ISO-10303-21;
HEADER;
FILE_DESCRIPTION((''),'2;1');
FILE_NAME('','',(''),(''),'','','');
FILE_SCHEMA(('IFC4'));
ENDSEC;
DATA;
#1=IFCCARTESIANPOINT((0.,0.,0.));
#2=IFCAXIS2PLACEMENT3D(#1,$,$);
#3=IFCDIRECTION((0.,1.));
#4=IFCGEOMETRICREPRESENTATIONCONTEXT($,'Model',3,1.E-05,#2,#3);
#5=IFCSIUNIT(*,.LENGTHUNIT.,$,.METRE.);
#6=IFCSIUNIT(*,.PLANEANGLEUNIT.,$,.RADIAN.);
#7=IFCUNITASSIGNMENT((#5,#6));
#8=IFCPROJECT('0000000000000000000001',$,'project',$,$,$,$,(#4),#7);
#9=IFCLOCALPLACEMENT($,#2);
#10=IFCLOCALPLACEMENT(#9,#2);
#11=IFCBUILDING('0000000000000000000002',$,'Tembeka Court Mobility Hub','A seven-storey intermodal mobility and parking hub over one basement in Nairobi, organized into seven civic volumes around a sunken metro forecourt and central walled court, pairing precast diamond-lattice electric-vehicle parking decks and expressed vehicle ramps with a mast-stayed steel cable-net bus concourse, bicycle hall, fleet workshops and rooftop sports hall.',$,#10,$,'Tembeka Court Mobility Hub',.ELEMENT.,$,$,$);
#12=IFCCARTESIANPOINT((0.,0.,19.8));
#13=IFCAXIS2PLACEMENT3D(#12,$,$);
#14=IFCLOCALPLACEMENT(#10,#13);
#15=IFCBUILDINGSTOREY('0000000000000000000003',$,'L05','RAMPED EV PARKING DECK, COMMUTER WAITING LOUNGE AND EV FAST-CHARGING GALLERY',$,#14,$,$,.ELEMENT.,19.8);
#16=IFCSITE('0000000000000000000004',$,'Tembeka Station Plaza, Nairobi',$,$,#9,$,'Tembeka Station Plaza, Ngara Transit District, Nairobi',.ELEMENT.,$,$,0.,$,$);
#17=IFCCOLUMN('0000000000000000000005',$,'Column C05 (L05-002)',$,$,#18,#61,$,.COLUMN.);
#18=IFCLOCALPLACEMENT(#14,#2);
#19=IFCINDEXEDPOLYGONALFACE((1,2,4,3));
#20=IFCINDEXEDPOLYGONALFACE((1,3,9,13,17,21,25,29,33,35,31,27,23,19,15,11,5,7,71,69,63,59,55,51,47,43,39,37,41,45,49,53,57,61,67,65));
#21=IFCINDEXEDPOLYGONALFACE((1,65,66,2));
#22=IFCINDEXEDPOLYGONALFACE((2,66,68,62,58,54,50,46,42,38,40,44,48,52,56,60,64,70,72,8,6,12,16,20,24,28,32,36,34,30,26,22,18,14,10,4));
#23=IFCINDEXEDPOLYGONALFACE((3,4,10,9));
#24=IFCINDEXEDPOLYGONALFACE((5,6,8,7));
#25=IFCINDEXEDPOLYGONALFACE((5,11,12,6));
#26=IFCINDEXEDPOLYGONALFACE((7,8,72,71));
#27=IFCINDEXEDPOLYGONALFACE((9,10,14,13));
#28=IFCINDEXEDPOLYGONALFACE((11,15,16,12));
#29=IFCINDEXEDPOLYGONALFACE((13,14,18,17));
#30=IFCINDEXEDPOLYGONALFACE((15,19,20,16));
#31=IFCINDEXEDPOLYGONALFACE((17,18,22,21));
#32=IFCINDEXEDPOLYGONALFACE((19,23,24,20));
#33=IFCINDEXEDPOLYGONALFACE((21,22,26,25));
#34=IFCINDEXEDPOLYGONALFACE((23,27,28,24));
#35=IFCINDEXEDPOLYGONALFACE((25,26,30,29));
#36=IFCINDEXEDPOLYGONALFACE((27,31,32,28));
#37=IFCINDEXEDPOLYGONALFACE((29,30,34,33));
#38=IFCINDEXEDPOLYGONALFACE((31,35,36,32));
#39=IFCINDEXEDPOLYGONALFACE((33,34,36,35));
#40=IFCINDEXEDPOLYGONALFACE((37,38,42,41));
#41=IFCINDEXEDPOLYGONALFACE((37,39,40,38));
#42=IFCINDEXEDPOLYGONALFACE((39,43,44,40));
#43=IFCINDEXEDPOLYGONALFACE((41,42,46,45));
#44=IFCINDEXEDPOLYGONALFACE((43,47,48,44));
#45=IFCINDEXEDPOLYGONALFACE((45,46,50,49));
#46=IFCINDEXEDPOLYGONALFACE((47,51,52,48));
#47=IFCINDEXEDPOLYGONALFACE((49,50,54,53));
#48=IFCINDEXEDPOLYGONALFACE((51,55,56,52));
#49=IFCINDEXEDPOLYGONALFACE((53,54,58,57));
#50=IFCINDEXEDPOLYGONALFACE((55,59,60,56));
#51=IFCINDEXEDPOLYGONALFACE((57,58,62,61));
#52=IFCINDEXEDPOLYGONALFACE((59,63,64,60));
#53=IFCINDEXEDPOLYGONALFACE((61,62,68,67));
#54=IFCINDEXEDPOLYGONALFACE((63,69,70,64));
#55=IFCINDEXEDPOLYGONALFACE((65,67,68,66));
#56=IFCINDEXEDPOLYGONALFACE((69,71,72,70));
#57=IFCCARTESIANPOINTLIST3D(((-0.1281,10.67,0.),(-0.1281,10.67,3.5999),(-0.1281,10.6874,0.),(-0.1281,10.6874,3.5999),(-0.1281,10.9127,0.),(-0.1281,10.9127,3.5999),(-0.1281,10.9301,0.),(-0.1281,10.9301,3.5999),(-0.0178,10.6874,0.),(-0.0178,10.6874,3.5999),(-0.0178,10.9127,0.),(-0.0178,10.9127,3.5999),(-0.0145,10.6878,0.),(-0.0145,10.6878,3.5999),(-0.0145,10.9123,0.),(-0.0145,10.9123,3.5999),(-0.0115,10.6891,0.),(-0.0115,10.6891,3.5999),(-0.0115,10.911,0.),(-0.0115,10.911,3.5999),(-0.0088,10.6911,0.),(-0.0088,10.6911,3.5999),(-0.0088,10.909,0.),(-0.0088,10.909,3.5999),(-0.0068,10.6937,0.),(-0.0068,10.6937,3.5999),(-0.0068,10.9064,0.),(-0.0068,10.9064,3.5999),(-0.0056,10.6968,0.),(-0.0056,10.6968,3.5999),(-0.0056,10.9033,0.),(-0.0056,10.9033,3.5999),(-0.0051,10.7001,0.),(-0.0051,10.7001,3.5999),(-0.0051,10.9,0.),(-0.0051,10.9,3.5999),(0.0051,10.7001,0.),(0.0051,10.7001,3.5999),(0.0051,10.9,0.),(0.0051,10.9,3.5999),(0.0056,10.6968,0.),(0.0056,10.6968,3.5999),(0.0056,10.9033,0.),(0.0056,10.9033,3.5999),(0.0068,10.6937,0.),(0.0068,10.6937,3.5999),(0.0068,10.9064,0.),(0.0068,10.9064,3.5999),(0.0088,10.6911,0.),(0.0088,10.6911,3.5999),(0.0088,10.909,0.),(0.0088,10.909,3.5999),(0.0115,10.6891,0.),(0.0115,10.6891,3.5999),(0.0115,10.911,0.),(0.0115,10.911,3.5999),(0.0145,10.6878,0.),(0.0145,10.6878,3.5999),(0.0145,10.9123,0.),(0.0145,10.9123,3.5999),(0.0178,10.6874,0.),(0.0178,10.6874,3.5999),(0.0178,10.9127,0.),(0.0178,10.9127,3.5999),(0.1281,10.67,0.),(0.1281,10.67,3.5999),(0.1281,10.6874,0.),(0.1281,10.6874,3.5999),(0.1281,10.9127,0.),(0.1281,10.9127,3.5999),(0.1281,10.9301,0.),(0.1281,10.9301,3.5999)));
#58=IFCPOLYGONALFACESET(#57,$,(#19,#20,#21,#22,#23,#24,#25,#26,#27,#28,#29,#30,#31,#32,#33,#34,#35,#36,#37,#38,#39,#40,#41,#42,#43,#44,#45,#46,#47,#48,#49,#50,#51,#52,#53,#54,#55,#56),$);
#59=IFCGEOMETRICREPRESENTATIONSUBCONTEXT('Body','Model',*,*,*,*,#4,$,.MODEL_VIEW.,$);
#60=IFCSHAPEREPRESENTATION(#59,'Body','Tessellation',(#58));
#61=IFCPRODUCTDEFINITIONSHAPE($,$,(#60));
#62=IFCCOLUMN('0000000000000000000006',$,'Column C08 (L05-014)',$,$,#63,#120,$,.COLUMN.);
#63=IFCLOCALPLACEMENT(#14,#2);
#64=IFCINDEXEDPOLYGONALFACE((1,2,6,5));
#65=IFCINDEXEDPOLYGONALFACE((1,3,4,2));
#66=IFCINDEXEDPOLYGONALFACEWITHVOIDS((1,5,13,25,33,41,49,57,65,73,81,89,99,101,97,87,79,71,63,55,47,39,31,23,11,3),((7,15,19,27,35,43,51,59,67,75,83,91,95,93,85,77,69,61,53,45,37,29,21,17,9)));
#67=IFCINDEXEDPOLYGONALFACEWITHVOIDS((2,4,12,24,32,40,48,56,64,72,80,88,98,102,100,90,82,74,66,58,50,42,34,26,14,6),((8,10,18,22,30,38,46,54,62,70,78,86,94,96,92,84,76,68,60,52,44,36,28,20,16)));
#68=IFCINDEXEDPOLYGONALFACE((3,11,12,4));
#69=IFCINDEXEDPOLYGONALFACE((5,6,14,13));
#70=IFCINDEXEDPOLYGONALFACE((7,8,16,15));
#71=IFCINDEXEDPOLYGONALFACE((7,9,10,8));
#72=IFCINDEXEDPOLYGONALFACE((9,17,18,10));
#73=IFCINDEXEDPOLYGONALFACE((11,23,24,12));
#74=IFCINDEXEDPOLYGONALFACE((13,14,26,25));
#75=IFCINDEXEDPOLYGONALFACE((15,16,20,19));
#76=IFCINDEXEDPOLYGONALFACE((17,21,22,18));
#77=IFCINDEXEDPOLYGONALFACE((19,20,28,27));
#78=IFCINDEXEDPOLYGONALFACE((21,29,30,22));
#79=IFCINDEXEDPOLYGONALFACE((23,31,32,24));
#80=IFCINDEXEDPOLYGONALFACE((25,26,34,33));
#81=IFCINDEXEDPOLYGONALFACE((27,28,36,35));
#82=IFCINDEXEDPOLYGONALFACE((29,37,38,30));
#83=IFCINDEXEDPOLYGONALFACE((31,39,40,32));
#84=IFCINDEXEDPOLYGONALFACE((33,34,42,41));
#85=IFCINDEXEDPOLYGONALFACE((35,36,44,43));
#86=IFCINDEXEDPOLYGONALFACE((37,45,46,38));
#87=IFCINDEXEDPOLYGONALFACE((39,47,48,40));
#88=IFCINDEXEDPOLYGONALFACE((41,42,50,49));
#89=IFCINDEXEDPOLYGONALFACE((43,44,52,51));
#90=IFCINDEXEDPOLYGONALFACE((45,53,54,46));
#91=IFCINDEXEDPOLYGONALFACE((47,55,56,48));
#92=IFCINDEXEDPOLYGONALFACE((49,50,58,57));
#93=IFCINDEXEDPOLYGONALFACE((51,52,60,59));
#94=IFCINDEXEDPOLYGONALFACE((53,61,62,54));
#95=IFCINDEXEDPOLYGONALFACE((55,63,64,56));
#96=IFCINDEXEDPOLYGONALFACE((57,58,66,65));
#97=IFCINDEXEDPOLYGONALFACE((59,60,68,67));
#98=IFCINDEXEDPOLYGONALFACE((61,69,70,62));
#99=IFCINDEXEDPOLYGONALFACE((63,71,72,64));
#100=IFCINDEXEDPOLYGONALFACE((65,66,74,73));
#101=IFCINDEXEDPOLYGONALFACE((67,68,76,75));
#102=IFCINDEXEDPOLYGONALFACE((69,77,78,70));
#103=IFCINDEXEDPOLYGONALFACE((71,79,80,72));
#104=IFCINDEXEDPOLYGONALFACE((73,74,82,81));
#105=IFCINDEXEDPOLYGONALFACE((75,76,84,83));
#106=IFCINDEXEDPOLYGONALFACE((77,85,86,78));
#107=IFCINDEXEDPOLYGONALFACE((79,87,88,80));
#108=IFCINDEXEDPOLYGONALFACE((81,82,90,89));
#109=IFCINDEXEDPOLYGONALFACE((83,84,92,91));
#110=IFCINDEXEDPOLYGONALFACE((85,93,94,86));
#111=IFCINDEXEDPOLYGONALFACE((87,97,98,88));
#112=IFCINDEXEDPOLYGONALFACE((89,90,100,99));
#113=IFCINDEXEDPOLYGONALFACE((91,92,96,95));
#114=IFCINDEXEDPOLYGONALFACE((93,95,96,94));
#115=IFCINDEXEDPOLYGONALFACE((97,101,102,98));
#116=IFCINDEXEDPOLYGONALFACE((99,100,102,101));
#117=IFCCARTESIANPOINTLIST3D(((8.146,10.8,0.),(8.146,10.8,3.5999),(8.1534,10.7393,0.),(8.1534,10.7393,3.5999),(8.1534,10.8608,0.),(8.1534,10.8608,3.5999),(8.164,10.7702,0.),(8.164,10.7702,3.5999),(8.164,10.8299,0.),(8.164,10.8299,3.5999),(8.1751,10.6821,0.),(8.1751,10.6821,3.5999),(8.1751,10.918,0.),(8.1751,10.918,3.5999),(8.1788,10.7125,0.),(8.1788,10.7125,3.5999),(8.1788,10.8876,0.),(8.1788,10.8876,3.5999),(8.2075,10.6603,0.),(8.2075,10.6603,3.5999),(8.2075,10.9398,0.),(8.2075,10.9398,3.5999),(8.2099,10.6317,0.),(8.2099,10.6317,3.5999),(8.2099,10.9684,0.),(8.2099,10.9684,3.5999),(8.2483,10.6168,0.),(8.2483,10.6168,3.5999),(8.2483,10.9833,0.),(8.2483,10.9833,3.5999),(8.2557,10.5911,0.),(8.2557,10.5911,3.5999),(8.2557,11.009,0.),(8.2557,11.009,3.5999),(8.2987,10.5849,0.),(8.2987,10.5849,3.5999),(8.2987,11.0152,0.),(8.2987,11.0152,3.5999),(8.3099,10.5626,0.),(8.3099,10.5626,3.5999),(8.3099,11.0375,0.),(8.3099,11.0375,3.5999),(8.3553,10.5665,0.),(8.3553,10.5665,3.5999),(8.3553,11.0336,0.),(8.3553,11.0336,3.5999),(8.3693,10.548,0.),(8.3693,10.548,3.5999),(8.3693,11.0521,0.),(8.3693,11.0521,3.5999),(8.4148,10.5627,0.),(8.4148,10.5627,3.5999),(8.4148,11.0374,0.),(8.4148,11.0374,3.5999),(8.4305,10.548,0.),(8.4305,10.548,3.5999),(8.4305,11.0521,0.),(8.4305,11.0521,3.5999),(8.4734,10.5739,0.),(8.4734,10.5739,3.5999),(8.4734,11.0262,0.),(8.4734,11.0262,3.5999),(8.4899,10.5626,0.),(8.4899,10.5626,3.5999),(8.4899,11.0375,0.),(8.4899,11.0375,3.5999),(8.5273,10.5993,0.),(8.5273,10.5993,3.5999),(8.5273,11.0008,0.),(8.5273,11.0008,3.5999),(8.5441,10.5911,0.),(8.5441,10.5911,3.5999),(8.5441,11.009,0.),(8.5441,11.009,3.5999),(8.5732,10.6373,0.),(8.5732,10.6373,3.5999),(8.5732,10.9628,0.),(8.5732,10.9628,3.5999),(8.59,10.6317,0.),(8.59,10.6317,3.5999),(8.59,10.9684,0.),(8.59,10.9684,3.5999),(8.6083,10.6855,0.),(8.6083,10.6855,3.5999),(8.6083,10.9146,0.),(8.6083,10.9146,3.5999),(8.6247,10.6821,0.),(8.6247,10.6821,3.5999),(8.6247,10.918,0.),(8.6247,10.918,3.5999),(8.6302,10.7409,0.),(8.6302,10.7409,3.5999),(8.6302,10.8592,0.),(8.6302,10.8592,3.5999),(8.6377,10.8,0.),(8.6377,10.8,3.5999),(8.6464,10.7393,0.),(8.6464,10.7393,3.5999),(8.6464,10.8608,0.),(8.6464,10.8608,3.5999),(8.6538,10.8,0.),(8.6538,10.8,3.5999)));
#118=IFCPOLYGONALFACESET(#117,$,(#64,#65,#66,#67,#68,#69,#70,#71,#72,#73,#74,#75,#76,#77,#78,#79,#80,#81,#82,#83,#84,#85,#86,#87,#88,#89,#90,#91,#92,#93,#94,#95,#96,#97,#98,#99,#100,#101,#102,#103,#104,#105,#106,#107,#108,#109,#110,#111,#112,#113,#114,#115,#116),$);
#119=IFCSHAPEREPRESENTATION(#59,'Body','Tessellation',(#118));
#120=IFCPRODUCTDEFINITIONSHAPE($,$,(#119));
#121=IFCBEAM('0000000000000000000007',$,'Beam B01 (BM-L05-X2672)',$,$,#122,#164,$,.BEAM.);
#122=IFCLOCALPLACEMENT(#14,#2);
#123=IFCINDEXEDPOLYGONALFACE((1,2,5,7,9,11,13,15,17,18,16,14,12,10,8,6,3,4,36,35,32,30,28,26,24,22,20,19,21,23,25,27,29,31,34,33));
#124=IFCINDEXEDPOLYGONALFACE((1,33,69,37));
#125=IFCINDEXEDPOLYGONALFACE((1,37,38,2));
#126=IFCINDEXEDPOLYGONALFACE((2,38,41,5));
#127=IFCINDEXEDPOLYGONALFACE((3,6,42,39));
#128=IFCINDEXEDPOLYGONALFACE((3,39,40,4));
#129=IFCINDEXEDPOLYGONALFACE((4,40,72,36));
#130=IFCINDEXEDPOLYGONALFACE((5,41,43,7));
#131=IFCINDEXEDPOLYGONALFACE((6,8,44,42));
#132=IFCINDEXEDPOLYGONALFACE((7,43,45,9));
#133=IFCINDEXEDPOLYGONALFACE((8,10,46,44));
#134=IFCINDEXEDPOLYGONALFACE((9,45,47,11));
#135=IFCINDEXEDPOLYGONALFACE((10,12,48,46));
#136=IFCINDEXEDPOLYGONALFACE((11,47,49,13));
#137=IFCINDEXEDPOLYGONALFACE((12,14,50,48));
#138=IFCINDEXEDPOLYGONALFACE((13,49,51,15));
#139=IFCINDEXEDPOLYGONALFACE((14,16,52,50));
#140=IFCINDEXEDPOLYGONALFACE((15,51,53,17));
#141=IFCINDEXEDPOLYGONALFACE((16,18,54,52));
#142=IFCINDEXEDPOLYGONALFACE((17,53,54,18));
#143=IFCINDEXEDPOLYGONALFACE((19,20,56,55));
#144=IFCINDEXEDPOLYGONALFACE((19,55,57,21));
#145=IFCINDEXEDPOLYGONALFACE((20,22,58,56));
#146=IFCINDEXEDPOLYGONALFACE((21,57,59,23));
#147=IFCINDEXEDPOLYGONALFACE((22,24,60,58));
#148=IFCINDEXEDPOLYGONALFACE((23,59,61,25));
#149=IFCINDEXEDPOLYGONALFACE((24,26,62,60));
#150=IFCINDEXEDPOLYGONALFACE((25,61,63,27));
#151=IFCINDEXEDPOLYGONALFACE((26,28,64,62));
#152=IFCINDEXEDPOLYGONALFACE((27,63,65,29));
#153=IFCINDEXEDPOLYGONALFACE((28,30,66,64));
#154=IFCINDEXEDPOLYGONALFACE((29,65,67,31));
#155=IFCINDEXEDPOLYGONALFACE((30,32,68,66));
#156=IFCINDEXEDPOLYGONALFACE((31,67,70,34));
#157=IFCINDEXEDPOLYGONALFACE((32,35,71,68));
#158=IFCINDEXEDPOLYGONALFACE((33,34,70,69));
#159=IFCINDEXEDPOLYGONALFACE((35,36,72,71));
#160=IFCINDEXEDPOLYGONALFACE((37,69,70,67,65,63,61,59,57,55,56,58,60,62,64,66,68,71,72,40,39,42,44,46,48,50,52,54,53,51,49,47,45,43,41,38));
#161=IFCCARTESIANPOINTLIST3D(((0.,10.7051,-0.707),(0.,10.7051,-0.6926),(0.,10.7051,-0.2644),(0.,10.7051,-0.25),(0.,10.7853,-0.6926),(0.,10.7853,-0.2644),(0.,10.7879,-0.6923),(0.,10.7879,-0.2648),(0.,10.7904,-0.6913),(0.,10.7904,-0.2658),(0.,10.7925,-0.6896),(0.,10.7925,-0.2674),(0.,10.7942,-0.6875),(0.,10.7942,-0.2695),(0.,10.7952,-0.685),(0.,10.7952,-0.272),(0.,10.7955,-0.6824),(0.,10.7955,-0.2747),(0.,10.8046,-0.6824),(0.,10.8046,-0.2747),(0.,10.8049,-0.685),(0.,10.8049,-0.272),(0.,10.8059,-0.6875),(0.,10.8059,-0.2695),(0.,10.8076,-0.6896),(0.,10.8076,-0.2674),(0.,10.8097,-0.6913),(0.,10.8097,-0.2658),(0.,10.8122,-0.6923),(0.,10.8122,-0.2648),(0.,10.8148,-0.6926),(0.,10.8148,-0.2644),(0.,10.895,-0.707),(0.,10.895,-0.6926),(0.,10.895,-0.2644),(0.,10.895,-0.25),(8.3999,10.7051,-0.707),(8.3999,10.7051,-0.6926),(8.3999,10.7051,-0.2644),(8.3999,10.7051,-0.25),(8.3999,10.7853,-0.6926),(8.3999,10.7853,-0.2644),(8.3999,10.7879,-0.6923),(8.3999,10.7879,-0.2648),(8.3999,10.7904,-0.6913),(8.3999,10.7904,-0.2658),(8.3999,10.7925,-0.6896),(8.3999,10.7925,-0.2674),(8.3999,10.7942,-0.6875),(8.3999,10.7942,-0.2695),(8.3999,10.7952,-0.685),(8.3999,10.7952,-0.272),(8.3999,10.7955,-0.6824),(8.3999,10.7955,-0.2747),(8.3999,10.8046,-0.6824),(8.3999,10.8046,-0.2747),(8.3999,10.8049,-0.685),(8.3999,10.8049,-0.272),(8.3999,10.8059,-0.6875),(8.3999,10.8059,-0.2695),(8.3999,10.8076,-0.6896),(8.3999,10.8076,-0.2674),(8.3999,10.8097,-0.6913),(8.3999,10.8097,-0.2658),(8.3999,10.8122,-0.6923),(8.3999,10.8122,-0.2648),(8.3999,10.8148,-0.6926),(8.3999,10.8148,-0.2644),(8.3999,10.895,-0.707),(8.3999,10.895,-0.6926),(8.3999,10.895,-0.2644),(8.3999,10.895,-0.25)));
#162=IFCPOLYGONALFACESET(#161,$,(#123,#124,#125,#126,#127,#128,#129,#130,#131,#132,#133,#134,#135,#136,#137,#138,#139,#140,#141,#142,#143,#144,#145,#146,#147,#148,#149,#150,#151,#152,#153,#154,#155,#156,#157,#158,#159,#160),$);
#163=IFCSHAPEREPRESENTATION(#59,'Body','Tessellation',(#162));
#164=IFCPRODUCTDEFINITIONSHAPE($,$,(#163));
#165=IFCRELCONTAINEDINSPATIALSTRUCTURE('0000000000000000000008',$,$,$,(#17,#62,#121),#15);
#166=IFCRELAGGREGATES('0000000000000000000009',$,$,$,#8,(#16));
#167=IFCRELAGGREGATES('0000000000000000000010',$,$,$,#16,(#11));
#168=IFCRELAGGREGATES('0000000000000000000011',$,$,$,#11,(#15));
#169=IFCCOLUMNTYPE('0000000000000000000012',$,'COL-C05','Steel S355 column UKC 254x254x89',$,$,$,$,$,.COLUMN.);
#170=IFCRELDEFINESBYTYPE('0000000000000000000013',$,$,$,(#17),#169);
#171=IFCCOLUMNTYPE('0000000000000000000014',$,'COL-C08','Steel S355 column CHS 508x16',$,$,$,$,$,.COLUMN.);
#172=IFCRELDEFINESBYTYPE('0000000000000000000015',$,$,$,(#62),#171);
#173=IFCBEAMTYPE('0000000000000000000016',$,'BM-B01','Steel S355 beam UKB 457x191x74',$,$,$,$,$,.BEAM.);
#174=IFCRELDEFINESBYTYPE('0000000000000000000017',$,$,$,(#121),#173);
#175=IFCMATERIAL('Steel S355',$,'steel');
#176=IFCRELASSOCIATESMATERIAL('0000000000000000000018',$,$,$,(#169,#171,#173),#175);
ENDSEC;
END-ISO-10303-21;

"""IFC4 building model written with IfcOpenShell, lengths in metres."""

from ifc_helpers import new_model, si_unit, direction, frame, origin, origin_2d, place, context, subcontext, project, spatial, hollow_circle, i_section, extrude, material, material_profile, profile_set, type_object, element, save


model = new_model("IFC4")

# Units and contexts
model_context = context("Model", 3, precision=1e-05, world=origin(), true_north=direction((0.0, 1.0)))
body_context = subcontext(model_context, "Body", "Model", "MODEL_VIEW")
ifc_project = project(units=[si_unit("LENGTHUNIT", "METRE"), si_unit("PLANEANGLEUNIT", "RADIAN")], contexts=[model_context])

# Site, building, storey
site_placement = place(None, origin())
site = spatial("IfcSite", under=ifc_project, at=site_placement, Name="Tembeka Station Plaza, Nairobi", LongName="Tembeka Station Plaza, Ngara Transit District, Nairobi", CompositionType="ELEMENT", RefElevation=0.0)
building_placement = place(site_placement, origin())
building = spatial("IfcBuilding", under=site, at=building_placement, Name="Tembeka Court Mobility Hub", Description="A seven-storey intermodal mobility and parking hub over one basement in Nairobi, organized into seven civic volumes around a sunken metro forecourt and central walled court, pairing precast diamond-lattice electric-vehicle parking decks and expressed vehicle ramps with a mast-stayed steel cable-net bus concourse, bicycle hall, fleet workshops and rooftop sports hall.", LongName="Tembeka Court Mobility Hub", CompositionType="ELEMENT")
storey_placement = place(building_placement, frame((0.0, 0.0, 19.8)))
storey = spatial("IfcBuildingStorey", under=building, at=storey_placement, Name="L05", Description="RAMPED EV PARKING DECK, COMMUTER WAITING LOUNGE AND EV FAST-CHARGING GALLERY", CompositionType="ELEMENT", Elevation=19.8)

# Columns
ifc_material_1 = material(Name="Steel S355", Category="steel")
ifc_material_profile_1 = material_profile(ifc_material_1, i_section(OverallWidth=0.2561, OverallDepth=0.26, WebThickness=0.0103, FlangeThickness=0.0173, FilletRadius=0.0127, at=origin_2d()), Name="UKC 254x254x89")
ifc_profile_set_1 = profile_set([ifc_material_profile_1], Name="Steel S355")
column_type_1 = type_object("IfcColumnType", Name="COL-C05", Description="Steel S355 column UKC 254x254x89", PredefinedType="COLUMN", material=ifc_profile_set_1)
column_1_placement = place(storey_placement, frame((0.0, 10.8, 0.0), z_axis=(0.0, 0.0, 1.0), x_axis=(1.0, 0.0, 0.0)))
element("IfcColumn", 1, at=column_1_placement, inside=storey, type_object=column_type_1, Name="Column C05 (L05-002)", PredefinedType="COLUMN", context=body_context, shape_type="SweptSolid", body=[
    extrude(i_section(OverallWidth=0.2561, OverallDepth=0.26, WebThickness=0.0103, FlangeThickness=0.0173, FilletRadius=0.0127, at=origin_2d()), origin(), (0.0, 0.0, 1.0), 3.5999),
])
ifc_material_profile_2 = material_profile(ifc_material_1, hollow_circle(Radius=0.2539, WallThickness=0.0161, at=origin_2d()), Name="CHS 508x16")
ifc_profile_set_2 = profile_set([ifc_material_profile_2], Name="Steel S355")
column_type_2 = type_object("IfcColumnType", Name="COL-C08", Description="Steel S355 column CHS 508x16", PredefinedType="COLUMN", material=ifc_profile_set_2)
column_2_placement = place(storey_placement, frame((8.3999, 10.8, 0.0), z_axis=(0.0, 0.0, 1.0), x_axis=(1.0, 0.0, 0.0)))
element("IfcColumn", 2, at=column_2_placement, inside=storey, type_object=column_type_2, Name="Column C08 (L05-014)", PredefinedType="COLUMN", context=body_context, shape_type="SweptSolid", body=[
    extrude(hollow_circle(Radius=0.2539, WallThickness=0.0161, at=origin_2d()), origin(), (0.0, 0.0, 1.0), 3.5999),
])

# Beam
ifc_material_profile_3 = material_profile(ifc_material_1, i_section(OverallWidth=0.1899, OverallDepth=0.457, WebThickness=0.009, FlangeThickness=0.0144, FilletRadius=0.0103, at=origin_2d()), Name="UKB 457x191x74")
ifc_profile_set_3 = profile_set([ifc_material_profile_3], Name="Steel S355")
beam_type_1 = type_object("IfcBeamType", Name="BM-B01", Description="Steel S355 beam UKB 457x191x74", PredefinedType="BEAM", material=ifc_profile_set_3)
beam_1_placement = place(storey_placement, frame((0.0, 10.8, -0.4785), z_axis=(1.0, 0.0, 0.0), x_axis=(0.0, 1.0, 0.0)))
element("IfcBeam", 3, at=beam_1_placement, inside=storey, type_object=beam_type_1, Name="Beam B01 (BM-L05-X2672)", PredefinedType="BEAM", context=body_context, shape_type="SweptSolid", body=[
    extrude(i_section(OverallWidth=0.1899, OverallDepth=0.457, WebThickness=0.009, FlangeThickness=0.0144, FilletRadius=0.0103, at=origin_2d()), origin(), (0.0, 0.0, 1.0), 8.3999),
])

save(model, "model.ifc")
